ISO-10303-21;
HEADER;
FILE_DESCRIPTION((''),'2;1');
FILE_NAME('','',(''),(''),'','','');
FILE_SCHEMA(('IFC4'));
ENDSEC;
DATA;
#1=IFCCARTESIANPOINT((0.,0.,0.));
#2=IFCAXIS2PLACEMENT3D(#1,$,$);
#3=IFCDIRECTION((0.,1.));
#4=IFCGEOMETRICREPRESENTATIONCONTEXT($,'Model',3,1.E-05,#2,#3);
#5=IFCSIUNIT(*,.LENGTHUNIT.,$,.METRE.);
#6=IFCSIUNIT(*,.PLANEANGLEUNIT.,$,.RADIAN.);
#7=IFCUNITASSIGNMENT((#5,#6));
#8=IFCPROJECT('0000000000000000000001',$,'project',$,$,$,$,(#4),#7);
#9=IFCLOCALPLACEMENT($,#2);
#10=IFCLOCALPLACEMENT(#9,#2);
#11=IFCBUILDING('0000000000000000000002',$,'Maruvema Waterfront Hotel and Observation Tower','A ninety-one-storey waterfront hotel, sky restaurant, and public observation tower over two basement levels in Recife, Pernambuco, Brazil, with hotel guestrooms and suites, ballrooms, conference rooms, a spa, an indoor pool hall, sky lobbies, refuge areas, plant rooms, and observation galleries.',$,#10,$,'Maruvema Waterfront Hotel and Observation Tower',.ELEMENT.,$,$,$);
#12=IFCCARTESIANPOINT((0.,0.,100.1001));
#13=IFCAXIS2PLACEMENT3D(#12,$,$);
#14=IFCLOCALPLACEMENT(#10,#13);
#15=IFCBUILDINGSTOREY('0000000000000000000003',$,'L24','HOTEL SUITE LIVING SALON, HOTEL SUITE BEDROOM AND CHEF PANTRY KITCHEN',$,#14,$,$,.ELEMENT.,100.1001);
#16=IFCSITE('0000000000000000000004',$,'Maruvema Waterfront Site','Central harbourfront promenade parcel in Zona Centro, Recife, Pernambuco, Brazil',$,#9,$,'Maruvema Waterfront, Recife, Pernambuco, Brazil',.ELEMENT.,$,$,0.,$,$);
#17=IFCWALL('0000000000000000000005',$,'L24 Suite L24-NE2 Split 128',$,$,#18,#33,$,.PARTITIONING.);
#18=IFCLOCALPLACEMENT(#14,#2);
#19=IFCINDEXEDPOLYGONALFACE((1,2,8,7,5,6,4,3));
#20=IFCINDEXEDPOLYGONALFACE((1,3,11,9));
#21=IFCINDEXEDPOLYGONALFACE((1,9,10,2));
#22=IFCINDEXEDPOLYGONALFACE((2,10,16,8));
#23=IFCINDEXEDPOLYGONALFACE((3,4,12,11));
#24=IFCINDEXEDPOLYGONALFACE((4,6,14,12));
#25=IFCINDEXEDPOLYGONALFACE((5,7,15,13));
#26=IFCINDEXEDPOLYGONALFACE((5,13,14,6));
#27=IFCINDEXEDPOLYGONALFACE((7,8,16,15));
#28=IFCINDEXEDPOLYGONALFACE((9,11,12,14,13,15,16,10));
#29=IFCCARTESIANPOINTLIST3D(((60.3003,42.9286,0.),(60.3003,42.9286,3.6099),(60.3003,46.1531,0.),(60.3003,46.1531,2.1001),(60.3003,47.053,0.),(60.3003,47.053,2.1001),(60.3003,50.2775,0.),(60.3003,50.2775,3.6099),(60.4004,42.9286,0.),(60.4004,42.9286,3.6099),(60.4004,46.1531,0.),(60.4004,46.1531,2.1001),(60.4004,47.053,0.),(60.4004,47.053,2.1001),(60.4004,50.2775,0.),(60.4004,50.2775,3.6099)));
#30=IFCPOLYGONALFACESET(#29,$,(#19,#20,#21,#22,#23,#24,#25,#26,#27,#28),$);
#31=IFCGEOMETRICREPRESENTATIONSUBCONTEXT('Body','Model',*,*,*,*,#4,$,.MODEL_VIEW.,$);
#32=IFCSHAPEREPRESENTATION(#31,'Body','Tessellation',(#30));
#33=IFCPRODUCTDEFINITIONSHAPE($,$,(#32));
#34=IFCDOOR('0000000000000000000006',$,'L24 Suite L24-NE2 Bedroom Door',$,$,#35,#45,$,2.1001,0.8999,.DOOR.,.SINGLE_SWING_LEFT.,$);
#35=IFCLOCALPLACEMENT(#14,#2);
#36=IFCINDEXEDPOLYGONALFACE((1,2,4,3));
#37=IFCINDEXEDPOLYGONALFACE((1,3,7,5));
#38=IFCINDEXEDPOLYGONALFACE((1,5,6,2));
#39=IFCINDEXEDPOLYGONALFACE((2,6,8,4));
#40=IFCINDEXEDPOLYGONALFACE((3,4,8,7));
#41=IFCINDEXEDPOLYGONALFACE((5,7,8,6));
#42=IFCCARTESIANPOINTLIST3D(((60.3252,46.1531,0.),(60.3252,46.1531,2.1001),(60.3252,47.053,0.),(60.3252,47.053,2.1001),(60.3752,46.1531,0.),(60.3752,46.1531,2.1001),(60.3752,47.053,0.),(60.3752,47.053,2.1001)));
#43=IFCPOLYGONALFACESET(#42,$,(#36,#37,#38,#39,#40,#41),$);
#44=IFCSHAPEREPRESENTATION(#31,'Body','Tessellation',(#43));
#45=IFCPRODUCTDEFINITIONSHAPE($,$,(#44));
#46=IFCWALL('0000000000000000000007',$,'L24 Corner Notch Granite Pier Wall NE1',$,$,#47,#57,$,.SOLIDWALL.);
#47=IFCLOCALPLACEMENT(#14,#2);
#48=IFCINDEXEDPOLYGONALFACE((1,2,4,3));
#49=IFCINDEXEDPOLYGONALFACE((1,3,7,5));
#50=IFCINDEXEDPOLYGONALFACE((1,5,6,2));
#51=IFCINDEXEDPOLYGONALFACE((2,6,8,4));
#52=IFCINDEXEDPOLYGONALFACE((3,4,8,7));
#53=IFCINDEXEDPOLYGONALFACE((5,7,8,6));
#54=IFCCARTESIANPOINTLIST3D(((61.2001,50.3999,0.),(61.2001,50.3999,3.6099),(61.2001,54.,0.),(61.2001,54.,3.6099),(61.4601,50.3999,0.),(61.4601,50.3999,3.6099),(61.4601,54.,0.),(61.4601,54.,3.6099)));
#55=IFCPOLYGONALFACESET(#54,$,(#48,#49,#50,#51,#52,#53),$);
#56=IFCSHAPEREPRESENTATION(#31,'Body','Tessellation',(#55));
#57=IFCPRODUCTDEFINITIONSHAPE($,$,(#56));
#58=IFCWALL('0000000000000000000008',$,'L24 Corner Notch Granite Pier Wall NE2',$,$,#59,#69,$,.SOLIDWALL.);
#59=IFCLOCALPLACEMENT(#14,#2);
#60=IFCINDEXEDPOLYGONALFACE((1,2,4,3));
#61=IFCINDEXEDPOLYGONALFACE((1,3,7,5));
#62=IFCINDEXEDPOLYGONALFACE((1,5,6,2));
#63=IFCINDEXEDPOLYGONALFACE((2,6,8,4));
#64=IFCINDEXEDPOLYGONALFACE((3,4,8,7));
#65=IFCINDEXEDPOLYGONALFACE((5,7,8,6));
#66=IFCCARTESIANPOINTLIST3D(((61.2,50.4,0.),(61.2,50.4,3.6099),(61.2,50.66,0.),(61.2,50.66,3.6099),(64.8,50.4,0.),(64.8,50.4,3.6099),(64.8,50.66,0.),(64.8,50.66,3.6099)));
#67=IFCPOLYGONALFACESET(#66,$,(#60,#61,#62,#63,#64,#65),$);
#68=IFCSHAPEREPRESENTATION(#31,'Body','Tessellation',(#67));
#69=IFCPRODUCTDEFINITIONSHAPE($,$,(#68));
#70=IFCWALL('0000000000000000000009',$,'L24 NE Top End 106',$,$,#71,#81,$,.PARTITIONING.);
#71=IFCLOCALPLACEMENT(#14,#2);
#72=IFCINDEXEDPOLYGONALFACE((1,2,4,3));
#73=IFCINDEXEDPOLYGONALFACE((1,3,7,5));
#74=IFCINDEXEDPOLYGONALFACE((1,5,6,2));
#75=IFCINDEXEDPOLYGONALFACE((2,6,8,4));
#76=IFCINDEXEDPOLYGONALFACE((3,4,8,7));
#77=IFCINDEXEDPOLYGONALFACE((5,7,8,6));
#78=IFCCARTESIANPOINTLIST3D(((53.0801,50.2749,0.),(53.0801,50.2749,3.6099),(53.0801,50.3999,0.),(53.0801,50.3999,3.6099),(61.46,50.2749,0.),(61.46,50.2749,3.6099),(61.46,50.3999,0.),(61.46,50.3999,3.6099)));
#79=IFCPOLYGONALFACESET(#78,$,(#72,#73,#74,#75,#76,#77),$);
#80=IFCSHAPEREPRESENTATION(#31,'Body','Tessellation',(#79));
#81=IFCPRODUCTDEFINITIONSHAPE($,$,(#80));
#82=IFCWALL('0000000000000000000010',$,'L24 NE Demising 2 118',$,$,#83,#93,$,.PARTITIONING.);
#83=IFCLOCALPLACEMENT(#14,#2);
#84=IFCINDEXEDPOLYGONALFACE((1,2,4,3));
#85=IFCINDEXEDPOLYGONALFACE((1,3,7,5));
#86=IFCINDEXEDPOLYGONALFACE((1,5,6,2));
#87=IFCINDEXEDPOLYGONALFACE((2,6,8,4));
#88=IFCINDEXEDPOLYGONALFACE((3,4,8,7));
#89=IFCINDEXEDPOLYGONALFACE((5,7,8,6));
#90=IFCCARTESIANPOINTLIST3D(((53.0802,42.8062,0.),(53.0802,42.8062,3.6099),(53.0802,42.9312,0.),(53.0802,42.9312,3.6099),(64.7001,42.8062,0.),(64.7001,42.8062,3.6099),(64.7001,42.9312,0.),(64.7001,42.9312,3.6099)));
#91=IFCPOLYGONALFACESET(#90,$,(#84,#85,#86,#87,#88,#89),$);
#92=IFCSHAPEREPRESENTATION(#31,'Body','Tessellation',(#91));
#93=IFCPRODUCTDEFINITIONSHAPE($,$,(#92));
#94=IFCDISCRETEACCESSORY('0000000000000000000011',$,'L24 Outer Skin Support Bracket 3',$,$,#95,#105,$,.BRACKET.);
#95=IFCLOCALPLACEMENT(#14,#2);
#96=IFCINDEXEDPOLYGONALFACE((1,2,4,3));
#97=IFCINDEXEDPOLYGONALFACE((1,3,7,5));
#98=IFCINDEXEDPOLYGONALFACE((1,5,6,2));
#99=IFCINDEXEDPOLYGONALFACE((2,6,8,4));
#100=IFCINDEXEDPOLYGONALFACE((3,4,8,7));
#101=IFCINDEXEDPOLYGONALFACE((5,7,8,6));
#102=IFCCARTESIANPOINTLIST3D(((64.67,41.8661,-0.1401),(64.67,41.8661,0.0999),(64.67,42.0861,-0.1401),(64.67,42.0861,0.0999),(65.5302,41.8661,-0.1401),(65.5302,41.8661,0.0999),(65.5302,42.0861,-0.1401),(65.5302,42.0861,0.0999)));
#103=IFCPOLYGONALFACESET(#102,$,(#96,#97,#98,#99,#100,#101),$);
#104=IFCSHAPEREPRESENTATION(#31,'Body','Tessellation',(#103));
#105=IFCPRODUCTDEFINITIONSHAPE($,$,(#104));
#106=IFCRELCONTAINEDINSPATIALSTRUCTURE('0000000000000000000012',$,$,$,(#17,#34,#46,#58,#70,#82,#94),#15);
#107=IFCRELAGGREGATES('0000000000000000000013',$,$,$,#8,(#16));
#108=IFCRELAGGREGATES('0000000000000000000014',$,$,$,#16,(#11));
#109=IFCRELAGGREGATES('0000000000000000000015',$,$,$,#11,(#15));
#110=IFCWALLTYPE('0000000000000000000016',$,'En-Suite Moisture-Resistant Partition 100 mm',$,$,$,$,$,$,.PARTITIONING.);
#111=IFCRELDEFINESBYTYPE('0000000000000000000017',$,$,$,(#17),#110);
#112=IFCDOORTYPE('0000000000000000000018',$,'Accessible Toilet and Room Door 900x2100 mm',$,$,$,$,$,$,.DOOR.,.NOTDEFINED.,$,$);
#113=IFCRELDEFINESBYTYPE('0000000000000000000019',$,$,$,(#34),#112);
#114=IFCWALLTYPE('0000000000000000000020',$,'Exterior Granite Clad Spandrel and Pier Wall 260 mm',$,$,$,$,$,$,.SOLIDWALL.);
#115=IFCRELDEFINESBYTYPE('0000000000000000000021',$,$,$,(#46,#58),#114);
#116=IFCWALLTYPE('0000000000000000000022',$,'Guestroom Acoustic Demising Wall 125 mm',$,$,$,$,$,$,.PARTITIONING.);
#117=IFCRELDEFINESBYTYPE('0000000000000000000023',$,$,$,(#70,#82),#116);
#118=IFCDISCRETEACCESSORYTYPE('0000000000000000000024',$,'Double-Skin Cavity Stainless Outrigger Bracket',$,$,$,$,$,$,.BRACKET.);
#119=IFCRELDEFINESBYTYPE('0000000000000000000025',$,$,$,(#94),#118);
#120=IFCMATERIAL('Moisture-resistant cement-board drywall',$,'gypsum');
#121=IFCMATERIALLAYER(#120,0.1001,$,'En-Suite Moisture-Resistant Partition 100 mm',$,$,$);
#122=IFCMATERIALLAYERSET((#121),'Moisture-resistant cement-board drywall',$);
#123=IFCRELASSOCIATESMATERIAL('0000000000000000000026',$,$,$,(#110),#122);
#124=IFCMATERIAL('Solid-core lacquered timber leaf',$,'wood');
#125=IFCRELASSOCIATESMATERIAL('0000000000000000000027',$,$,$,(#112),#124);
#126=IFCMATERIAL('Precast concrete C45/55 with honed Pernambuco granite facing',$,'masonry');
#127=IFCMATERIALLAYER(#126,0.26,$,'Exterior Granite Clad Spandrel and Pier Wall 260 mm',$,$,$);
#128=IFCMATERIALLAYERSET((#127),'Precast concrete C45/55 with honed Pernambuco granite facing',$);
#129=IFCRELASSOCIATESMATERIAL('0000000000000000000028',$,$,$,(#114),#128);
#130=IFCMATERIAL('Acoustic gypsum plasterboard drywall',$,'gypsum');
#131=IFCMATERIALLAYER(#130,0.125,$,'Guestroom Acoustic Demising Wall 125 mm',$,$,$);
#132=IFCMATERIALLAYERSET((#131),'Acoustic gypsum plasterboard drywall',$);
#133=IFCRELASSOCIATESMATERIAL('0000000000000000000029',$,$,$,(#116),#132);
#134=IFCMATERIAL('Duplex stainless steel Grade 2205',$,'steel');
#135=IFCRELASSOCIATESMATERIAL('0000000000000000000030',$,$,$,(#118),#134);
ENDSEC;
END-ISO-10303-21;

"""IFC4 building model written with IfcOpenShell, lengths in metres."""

from ifc_helpers import new_model, si_unit, direction, frame, frame_2d, origin, origin_2d, place, context, subcontext, project, spatial, rectangle, extrude, material, layer, layer_set, type_object, element, fill, save


model = new_model("IFC4")

# Units and contexts
model_context = context("Model", 3, precision=1e-05, world=origin(), true_north=direction((0.0, 1.0)))
body_context = subcontext(model_context, "Body", "Model", "MODEL_VIEW")
ifc_project = project(units=[si_unit("LENGTHUNIT", "METRE"), si_unit("PLANEANGLEUNIT", "RADIAN")], contexts=[model_context])

# Site, building, storey
site_placement = place(None, origin())
site = spatial("IfcSite", under=ifc_project, at=site_placement, Name="Maruvema Waterfront Site", Description="Central harbourfront promenade parcel in Zona Centro, Recife, Pernambuco, Brazil", LongName="Maruvema Waterfront, Recife, Pernambuco, Brazil", CompositionType="ELEMENT", RefElevation=0.0)
building_placement = place(site_placement, origin())
building = spatial("IfcBuilding", under=site, at=building_placement, Name="Maruvema Waterfront Hotel and Observation Tower", Description="A ninety-one-storey waterfront hotel, sky restaurant, and public observation tower over two basement levels in Recife, Pernambuco, Brazil, with hotel guestrooms and suites, ballrooms, conference rooms, a spa, an indoor pool hall, sky lobbies, refuge areas, plant rooms, and observation galleries.", LongName="Maruvema Waterfront Hotel and Observation Tower", CompositionType="ELEMENT")
storey_placement = place(building_placement, frame((0.0, 0.0, 100.1001)))
storey = spatial("IfcBuildingStorey", under=building, at=storey_placement, Name="L24", Description="HOTEL SUITE LIVING SALON, HOTEL SUITE BEDROOM AND CHEF PANTRY KITCHEN", CompositionType="ELEMENT", Elevation=100.1001)

# Shared definitions
ifc_material_1 = material(Name="Moisture-resistant cement-board drywall", Category="gypsum")
ifc_layer_1 = layer(ifc_material_1, 0.1001, Name="En-Suite Moisture-Resistant Partition 100 mm")
ifc_layer_set_1 = layer_set([ifc_layer_1], Name="Moisture-resistant cement-board drywall")
wall_type_1 = type_object("IfcWallType", Name="En-Suite Moisture-Resistant Partition 100 mm", PredefinedType="PARTITIONING", material=ifc_layer_set_1)

# Wall, opening, door
wall_1_placement = place(storey_placement, frame((60.3503, 42.9287, 0.0), z_axis=(0.0, 0.0, 1.0), x_axis=(0.0, 1.0, 0.0)))
wall_1 = element("IfcWall", 1, at=wall_1_placement, inside=storey, type_object=wall_type_1, Name="L24 Suite L24-NE2 Split 128", PredefinedType="PARTITIONING", context=body_context, shape_type="SweptSolid", body=[
    extrude(rectangle(XDim=7.3489, YDim=0.1001, at=frame_2d((3.6743, 0.0))), origin(), (0.0, 0.0, 1.0), 3.6099),
])
opening_1_placement = place(wall_1_placement, frame((3.2244, 0.0, 0.0)))
opening_1 = element("IfcOpeningElement", 2, at=opening_1_placement, cuts=wall_1, PredefinedType="OPENING", context=body_context, shape_type="SweptSolid", body=[
    extrude(rectangle(XDim=0.8999, YDim=2.1001, at=frame_2d((0.45, 1.05))), frame((0.0, 0.0601, 0.0), z_axis=(0.0, -1.0, 0.0), x_axis=(1.0, 0.0, 0.0)), (0.0, 0.0, 1.0), 0.1201),
])
ifc_material_2 = material(Name="Solid-core lacquered timber leaf", Category="wood")
door_type_1 = type_object("IfcDoorType", Name="Accessible Toilet and Room Door 900x2100 mm", OperationType="NOTDEFINED", PredefinedType="DOOR", material=ifc_material_2)
door_1_placement = place(opening_1_placement, frame((0.8999, 0.0, 0.0), z_axis=(0.0, 0.0, 1.0), x_axis=(-1.0, 0.0, 0.0)))
door_1 = element("IfcDoor", 3, at=door_1_placement, inside=storey, type_object=door_type_1, Name="L24 Suite L24-NE2 Bedroom Door", OperationType="SINGLE_SWING_LEFT", OverallHeight=2.1001, OverallWidth=0.8999, PredefinedType="DOOR", context=body_context, shape_type="SweptSolid", body=[
    extrude(rectangle(XDim=0.8999, YDim=2.1001, at=frame_2d((0.45, 1.05))), frame((0.0, 0.0249, 0.0), z_axis=(0.0, -1.0, 0.0), x_axis=(1.0, 0.0, 0.0)), (0.0, 0.0, 1.0), 0.05),
])
fill(opening_1, door_1)

# Walls
ifc_material_3 = material(Name="Precast concrete C45/55 with honed Pernambuco granite facing", Category="masonry")
ifc_layer_2 = layer(ifc_material_3, 0.26, Name="Exterior Granite Clad Spandrel and Pier Wall 260 mm")
ifc_layer_set_2 = layer_set([ifc_layer_2], Name="Precast concrete C45/55 with honed Pernambuco granite facing")
wall_type_2 = type_object("IfcWallType", Name="Exterior Granite Clad Spandrel and Pier Wall 260 mm", PredefinedType="SOLIDWALL", material=ifc_layer_set_2)
for number, where, z_axis, x_axis, name in (
    (4, (61.3301, 54.0, 0.0), (0.0, 0.0, 1.0), (0.0, -1.0, 0.0), "L24 Corner Notch Granite Pier Wall NE1"),
    (5, (61.2, 50.53, 0.0), (0.0, 0.0, 1.0), (1.0, 0.0, 0.0), "L24 Corner Notch Granite Pier Wall NE2"),
):
    element("IfcWall", number, at=place(storey_placement, frame(where, z_axis=z_axis, x_axis=x_axis)), inside=storey, type_object=wall_type_2, Name=name, PredefinedType="SOLIDWALL", context=body_context, shape_type="SweptSolid", body=[
        extrude(rectangle(XDim=3.6001, YDim=0.26, at=frame_2d((1.8, 0.0))), origin(), (0.0, 0.0, 1.0), 3.6099),
    ])
ifc_material_4 = material(Name="Acoustic gypsum plasterboard drywall", Category="gypsum")
ifc_layer_3 = layer(ifc_material_4, 0.125, Name="Guestroom Acoustic Demising Wall 125 mm")
ifc_layer_set_3 = layer_set([ifc_layer_3], Name="Acoustic gypsum plasterboard drywall")
wall_type_3 = type_object("IfcWallType", Name="Guestroom Acoustic Demising Wall 125 mm", PredefinedType="PARTITIONING", material=ifc_layer_set_3)
wall_2_placement = place(storey_placement, frame((53.0801, 50.3374, 0.0), z_axis=(0.0, 0.0, 1.0), x_axis=(1.0, 0.0, 0.0)))
element("IfcWall", 6, at=wall_2_placement, inside=storey, type_object=wall_type_3, Name="L24 NE Top End 106", PredefinedType="PARTITIONING", context=body_context, shape_type="SweptSolid", body=[
    extrude(rectangle(XDim=8.3799, YDim=0.125, at=frame_2d((4.1899, 0.0))), origin(), (0.0, 0.0, 1.0), 3.6099),
])
wall_3_placement = place(storey_placement, frame((53.0801, 42.8687, 0.0), z_axis=(0.0, 0.0, 1.0), x_axis=(1.0, 0.0, 0.0)))
element("IfcWall", 7, at=wall_3_placement, inside=storey, type_object=wall_type_3, Name="L24 NE Demising 2 118", PredefinedType="PARTITIONING", context=body_context, shape_type="SweptSolid", body=[
    extrude(rectangle(XDim=11.6199, YDim=0.125, at=frame_2d((5.8101, 0.0))), origin(), (0.0, 0.0, 1.0), 3.6099),
])

# Discrete accessory
ifc_material_5 = material(Name="Duplex stainless steel Grade 2205", Category="steel")
discrete_accessory_type = type_object("IfcDiscreteAccessoryType", Name="Double-Skin Cavity Stainless Outrigger Bracket", PredefinedType="BRACKET", material=ifc_material_5)
discrete_accessory_placement = place(storey_placement, frame((65.1001, 41.9761, -0.1401), z_axis=(0.0, 0.0, 1.0), x_axis=(0.0, 1.0, 0.0)))
element("IfcDiscreteAccessory", 8, at=discrete_accessory_placement, inside=storey, type_object=discrete_accessory_type, Name="L24 Outer Skin Support Bracket 3", PredefinedType="BRACKET", context=body_context, shape_type="SweptSolid", body=[
    extrude(rectangle(XDim=0.22, YDim=0.8601, at=origin_2d()), origin(), (0.0, 0.0, 1.0), 0.24),
])

save(model, "model.ifc")
